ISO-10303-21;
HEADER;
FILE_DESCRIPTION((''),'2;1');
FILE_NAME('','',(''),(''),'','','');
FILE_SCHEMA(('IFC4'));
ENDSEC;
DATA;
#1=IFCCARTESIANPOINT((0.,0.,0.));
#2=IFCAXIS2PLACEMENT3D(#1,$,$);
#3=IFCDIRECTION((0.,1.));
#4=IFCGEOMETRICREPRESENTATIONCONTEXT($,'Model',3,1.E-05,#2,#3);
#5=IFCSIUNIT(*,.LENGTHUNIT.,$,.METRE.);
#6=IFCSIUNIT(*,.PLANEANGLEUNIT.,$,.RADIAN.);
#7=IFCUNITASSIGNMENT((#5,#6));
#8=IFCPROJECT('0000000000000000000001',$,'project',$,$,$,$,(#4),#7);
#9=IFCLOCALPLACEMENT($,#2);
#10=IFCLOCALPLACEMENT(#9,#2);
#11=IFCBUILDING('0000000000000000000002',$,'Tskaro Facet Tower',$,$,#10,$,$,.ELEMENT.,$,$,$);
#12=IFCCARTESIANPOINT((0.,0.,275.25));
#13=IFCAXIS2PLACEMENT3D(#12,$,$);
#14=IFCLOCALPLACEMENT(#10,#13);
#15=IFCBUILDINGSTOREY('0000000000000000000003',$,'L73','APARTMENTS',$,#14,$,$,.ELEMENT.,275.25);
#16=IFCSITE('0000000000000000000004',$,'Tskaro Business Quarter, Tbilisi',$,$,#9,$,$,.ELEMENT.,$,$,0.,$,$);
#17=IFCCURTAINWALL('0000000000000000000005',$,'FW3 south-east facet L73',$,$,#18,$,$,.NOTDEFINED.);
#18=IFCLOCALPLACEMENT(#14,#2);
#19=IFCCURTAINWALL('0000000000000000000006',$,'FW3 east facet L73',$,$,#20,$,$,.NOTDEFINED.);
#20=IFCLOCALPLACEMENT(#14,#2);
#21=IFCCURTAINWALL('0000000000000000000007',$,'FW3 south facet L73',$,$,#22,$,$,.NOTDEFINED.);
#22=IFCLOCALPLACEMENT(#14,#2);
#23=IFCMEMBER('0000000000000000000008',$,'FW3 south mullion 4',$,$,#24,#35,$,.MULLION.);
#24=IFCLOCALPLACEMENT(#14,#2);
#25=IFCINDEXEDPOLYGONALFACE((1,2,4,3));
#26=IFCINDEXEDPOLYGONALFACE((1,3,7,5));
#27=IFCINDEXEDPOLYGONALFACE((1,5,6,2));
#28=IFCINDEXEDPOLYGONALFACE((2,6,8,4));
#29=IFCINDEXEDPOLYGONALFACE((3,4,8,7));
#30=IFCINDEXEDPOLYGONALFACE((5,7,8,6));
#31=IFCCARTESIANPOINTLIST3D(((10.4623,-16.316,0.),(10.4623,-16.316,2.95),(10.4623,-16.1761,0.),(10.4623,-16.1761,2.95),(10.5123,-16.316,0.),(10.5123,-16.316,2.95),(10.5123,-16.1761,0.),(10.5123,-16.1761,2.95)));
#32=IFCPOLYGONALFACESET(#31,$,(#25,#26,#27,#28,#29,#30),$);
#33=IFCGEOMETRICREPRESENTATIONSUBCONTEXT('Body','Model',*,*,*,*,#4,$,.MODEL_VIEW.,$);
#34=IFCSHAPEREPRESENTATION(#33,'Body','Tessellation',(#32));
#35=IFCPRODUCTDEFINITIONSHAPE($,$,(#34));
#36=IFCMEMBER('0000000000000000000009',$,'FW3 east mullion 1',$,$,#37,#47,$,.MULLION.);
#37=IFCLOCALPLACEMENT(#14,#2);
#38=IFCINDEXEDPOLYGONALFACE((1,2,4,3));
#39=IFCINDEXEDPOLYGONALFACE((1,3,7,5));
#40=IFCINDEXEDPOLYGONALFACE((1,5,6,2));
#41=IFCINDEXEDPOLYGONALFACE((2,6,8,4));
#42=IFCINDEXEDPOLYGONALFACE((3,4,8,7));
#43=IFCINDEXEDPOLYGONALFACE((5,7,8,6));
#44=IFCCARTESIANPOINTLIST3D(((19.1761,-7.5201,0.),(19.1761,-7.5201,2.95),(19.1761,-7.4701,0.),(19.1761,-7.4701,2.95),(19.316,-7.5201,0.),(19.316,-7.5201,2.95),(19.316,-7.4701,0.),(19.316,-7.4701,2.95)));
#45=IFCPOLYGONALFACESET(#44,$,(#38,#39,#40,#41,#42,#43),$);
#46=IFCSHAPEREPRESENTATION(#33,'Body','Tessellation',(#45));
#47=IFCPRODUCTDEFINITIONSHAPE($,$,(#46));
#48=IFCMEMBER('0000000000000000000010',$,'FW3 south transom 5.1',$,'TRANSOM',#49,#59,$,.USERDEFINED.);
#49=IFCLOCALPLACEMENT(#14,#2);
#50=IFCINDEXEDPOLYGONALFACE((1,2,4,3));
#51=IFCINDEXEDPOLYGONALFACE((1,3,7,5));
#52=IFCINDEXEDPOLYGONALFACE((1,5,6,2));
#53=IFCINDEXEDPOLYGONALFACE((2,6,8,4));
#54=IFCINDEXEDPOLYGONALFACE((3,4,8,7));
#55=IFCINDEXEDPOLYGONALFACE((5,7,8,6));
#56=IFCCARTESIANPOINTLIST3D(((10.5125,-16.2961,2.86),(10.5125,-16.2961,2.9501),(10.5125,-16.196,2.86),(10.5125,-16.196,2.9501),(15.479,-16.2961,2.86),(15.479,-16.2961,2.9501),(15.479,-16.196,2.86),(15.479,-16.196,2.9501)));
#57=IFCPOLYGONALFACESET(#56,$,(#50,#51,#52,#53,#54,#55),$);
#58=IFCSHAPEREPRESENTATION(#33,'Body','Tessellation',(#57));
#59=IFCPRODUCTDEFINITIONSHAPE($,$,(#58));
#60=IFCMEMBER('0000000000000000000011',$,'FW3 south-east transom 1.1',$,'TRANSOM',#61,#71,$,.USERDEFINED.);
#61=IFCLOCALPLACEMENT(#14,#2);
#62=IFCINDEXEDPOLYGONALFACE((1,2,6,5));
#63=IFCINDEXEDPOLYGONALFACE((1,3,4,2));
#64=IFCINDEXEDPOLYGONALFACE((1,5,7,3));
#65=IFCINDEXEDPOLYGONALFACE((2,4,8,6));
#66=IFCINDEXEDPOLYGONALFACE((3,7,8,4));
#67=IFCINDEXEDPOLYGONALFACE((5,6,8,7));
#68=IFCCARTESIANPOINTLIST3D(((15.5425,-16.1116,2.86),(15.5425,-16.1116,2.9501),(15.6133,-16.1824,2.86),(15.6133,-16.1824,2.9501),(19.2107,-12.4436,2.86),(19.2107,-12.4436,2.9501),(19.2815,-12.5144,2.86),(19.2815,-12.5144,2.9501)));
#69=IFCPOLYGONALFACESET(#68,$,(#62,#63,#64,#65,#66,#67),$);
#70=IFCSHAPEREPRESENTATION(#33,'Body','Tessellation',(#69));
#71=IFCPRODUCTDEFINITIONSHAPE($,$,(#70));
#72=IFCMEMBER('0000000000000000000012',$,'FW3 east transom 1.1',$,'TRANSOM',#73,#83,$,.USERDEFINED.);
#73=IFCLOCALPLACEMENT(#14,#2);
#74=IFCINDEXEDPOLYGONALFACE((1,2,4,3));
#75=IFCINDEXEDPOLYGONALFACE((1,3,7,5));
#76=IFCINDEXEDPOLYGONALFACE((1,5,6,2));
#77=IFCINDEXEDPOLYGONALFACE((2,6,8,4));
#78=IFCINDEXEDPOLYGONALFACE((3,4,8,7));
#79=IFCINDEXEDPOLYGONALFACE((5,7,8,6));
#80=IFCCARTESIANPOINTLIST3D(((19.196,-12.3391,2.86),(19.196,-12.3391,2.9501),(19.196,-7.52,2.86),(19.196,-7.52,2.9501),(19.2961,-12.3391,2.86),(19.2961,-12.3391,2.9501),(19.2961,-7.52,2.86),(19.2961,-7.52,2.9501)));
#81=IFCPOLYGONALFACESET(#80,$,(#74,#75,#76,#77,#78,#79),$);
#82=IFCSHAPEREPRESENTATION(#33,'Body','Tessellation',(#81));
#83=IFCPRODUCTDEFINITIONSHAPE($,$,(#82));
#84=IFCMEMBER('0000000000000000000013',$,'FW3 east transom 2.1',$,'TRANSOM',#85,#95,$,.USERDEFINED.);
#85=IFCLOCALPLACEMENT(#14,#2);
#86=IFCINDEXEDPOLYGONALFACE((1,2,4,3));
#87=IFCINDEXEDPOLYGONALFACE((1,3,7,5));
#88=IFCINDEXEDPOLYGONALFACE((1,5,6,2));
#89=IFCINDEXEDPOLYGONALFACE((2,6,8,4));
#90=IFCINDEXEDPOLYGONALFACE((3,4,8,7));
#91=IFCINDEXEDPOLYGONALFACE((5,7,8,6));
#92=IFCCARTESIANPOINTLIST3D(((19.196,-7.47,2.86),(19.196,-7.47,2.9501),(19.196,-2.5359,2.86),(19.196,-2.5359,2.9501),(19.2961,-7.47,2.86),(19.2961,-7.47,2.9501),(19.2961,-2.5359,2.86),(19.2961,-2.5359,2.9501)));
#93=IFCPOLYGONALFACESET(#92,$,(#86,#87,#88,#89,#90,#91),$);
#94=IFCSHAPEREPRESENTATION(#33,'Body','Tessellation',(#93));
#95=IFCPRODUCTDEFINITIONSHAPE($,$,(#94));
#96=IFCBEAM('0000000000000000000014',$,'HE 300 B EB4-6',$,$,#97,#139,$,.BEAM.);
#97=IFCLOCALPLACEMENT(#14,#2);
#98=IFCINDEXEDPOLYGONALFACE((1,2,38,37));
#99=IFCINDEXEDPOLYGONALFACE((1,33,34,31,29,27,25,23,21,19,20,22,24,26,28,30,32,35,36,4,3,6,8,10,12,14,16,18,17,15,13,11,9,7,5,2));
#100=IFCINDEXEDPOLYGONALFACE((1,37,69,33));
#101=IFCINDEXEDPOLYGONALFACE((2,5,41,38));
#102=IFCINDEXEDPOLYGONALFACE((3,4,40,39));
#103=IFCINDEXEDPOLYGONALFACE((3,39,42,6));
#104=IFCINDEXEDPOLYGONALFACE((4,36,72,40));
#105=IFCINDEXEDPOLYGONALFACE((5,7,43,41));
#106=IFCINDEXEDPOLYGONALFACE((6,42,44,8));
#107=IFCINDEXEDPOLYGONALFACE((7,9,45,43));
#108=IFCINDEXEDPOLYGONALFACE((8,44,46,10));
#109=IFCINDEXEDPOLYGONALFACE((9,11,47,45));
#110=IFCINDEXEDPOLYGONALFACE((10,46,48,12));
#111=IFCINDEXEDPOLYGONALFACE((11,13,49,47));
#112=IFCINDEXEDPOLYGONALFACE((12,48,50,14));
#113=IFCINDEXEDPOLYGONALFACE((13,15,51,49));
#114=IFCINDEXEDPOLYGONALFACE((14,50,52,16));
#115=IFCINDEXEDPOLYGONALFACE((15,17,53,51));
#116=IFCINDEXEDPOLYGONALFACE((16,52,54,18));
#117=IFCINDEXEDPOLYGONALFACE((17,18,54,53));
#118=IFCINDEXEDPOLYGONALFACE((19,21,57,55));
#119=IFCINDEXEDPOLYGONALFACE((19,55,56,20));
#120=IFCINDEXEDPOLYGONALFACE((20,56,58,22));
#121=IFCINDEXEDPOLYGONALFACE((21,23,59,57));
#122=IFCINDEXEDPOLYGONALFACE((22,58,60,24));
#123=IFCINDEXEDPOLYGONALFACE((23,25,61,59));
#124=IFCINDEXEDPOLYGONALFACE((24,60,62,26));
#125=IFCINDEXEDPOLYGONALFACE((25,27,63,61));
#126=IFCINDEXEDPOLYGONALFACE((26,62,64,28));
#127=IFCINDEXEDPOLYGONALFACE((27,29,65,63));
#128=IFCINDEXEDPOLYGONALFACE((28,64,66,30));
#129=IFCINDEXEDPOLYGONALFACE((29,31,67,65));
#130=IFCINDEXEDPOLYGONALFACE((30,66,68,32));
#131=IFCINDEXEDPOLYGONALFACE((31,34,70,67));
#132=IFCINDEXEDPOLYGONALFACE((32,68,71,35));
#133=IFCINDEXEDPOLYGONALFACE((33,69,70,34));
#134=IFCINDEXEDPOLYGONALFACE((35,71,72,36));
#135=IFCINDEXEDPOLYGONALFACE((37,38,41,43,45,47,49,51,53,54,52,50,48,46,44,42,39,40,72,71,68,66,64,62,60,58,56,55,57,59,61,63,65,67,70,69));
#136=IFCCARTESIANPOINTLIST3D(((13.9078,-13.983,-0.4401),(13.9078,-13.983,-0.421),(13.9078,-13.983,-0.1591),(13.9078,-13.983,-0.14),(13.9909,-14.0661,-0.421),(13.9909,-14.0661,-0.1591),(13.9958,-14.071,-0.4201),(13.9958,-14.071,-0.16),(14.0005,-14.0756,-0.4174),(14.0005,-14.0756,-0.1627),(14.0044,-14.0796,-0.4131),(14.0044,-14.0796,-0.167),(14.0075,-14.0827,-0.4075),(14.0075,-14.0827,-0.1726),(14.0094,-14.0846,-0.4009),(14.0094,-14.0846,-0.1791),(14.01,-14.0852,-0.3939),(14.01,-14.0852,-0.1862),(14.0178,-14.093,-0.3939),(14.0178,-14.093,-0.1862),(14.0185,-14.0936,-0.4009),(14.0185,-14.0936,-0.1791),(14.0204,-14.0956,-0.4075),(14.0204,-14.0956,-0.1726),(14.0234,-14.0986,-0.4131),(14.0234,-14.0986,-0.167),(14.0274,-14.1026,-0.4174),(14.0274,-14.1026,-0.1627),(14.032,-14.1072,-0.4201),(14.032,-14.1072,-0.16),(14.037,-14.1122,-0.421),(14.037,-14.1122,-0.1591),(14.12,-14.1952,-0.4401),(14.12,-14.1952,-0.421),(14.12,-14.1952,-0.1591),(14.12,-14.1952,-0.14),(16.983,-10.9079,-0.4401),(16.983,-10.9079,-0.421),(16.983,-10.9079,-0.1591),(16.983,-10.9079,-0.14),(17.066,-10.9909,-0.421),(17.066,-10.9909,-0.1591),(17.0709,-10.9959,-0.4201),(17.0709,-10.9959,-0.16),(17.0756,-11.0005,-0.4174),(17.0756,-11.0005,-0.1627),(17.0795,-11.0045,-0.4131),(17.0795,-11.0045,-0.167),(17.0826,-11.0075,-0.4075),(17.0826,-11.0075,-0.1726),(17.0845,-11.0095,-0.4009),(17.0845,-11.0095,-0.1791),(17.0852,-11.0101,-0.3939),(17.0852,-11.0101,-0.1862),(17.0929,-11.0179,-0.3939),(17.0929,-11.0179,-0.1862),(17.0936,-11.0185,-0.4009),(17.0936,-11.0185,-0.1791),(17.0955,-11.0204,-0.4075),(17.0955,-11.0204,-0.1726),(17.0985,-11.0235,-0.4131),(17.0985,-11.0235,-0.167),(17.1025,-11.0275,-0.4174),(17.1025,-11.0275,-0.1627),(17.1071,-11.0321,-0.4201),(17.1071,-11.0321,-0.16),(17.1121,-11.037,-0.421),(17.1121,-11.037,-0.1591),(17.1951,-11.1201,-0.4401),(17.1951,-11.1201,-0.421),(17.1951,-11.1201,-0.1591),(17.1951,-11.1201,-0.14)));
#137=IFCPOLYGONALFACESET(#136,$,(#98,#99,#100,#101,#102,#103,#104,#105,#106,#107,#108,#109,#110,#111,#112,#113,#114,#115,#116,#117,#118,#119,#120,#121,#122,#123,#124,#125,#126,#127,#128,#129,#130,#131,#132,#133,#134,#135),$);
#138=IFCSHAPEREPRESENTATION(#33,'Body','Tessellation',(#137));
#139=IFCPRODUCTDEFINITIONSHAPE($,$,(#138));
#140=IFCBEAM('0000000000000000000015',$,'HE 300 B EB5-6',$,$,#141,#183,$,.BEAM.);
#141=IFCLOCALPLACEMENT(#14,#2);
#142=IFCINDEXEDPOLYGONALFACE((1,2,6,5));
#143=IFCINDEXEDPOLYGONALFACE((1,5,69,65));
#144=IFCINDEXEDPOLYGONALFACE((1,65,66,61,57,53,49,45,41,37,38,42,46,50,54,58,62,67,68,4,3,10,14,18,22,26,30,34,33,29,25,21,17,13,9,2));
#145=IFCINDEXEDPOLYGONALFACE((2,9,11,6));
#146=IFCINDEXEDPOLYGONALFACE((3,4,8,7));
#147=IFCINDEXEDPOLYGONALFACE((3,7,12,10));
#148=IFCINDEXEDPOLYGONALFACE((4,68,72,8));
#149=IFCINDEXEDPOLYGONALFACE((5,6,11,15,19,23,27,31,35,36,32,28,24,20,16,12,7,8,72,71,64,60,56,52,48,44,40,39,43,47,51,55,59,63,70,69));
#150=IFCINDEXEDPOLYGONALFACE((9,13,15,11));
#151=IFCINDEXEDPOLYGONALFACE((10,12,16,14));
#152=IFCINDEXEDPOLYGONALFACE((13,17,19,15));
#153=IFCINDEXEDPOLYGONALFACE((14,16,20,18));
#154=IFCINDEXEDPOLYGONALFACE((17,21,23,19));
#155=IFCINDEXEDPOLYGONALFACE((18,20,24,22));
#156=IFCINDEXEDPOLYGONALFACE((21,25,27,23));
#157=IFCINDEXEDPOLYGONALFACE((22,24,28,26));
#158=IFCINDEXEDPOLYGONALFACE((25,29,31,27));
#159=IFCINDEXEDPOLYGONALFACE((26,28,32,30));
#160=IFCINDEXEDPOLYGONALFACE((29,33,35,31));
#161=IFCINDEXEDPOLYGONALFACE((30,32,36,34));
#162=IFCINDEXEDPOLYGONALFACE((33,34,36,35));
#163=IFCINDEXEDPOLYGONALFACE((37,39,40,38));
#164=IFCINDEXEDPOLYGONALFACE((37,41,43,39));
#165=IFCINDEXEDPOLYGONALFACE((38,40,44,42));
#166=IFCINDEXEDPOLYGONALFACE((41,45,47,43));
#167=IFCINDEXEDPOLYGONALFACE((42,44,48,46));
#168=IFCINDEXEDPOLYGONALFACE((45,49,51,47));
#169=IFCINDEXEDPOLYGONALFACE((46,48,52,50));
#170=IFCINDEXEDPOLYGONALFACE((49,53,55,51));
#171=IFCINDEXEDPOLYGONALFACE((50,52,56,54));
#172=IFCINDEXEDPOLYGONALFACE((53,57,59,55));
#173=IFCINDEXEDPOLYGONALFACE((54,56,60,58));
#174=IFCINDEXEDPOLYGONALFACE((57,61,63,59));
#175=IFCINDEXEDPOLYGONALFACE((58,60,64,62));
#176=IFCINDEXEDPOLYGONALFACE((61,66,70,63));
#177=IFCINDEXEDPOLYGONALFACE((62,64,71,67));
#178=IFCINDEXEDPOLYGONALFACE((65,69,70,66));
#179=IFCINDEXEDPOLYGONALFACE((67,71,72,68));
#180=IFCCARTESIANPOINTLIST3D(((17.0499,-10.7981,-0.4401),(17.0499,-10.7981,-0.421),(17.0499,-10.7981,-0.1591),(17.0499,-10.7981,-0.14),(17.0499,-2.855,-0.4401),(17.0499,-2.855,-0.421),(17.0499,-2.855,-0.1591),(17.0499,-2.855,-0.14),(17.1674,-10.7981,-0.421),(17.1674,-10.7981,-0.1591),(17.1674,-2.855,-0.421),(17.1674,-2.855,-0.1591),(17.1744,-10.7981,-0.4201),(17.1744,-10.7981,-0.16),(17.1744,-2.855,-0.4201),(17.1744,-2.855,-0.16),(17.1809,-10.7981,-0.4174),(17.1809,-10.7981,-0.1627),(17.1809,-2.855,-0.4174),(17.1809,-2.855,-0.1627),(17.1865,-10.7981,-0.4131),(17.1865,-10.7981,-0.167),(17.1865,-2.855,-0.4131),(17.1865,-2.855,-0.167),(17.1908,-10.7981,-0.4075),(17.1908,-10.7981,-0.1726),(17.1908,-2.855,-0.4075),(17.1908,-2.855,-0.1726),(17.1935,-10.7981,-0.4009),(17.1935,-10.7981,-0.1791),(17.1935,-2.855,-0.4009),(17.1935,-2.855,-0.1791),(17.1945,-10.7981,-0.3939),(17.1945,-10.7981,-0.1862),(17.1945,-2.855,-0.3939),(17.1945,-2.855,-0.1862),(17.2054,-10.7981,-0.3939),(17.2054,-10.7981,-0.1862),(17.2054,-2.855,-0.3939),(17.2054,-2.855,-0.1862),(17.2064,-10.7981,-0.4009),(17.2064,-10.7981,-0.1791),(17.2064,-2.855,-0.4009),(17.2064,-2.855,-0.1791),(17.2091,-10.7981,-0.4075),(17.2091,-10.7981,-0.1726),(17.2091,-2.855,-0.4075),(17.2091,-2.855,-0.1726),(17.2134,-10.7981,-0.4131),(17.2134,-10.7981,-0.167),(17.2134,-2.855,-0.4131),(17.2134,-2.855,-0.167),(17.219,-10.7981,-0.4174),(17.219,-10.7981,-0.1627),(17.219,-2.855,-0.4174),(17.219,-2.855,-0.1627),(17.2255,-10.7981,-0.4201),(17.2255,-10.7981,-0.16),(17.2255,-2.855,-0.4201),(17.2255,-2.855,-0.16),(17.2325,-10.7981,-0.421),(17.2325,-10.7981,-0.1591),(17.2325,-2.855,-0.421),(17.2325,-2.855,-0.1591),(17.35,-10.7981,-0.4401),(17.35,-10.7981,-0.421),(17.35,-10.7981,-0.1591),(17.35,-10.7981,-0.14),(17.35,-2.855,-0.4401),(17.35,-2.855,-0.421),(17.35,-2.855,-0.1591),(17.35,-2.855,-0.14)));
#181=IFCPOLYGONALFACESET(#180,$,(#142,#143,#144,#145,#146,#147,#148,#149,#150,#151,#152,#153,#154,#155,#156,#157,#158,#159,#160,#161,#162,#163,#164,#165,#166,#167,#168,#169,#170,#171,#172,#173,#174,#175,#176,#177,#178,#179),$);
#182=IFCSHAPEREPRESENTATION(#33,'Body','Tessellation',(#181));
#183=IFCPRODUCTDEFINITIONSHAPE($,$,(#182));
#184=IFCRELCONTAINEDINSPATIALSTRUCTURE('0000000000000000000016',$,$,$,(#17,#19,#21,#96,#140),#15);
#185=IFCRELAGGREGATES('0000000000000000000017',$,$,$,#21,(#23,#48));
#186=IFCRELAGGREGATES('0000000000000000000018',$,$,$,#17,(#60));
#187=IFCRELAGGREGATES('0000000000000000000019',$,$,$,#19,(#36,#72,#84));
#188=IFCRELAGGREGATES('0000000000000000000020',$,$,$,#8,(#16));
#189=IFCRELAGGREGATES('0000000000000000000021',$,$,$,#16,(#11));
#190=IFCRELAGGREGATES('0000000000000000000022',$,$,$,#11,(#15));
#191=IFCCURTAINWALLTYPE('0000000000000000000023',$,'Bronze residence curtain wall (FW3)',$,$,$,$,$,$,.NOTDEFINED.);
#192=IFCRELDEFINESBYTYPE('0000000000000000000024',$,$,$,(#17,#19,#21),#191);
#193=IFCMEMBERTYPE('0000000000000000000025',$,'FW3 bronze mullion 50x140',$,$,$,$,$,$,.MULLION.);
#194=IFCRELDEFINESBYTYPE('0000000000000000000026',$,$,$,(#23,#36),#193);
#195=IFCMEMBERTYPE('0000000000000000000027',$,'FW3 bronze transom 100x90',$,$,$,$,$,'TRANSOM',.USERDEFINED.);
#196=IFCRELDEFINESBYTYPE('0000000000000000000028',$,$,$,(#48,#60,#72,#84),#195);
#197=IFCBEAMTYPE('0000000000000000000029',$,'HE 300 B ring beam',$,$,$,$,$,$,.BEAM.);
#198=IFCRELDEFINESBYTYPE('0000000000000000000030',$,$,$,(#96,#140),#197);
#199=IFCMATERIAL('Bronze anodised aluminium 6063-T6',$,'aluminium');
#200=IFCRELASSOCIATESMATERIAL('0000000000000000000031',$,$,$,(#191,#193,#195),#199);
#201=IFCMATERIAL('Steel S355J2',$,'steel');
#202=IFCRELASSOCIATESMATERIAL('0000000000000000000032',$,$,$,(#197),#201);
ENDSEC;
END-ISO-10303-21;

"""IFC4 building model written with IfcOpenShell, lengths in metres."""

from ifc_helpers import new_model, si_unit, direction, frame, origin, origin_2d, place, context, subcontext, project, spatial, rectangle, i_section, extrude, material, material_profile, profile_set, type_object, element, aggregate, save


model = new_model("IFC4")

# Units and contexts
model_context = context("Model", 3, precision=1e-05, world=origin(), true_north=direction((0.0, 1.0)))
body_context = subcontext(model_context, "Body", "Model", "MODEL_VIEW")
ifc_project = project(units=[si_unit("LENGTHUNIT", "METRE"), si_unit("PLANEANGLEUNIT", "RADIAN")], contexts=[model_context])

# Site, building, storey
site_placement = place(None, origin())
site = spatial("IfcSite", under=ifc_project, at=site_placement, Name="Tskaro Business Quarter, Tbilisi", CompositionType="ELEMENT", RefElevation=0.0)
building_placement = place(site_placement, origin())
building = spatial("IfcBuilding", under=site, at=building_placement, Name="Tskaro Facet Tower", CompositionType="ELEMENT")
storey_placement = place(building_placement, frame((0.0, 0.0, 275.25)))
storey = spatial("IfcBuildingStorey", under=building, at=storey_placement, Name="L73", Description="APARTMENTS", CompositionType="ELEMENT", Elevation=275.25)

# Shared definitions
ifc_material_1 = material(Name="Steel S355J2", Category="steel")

# Curtain walls, member
ifc_material_2 = material(Name="Bronze anodised aluminium 6063-T6", Category="aluminium")
curtain_wall_type = type_object("IfcCurtainWallType", Name="Bronze residence curtain wall (FW3)", PredefinedType="NOTDEFINED", material=ifc_material_2)
curtain_wall_1_placement = place(storey_placement, origin())
curtain_wall_1 = element("IfcCurtainWall", 1, at=curtain_wall_1_placement, inside=storey, type_object=curtain_wall_type, Name="FW3 south-east facet L73", PredefinedType="NOTDEFINED")
curtain_wall_2_placement = place(storey_placement, origin())
curtain_wall_2 = element("IfcCurtainWall", 2, at=curtain_wall_2_placement, inside=storey, type_object=curtain_wall_type, Name="FW3 east facet L73", PredefinedType="NOTDEFINED")
curtain_wall_3_placement = place(storey_placement, origin())
curtain_wall_3 = element("IfcCurtainWall", 3, at=curtain_wall_3_placement, inside=storey, type_object=curtain_wall_type, Name="FW3 south facet L73", PredefinedType="NOTDEFINED")
ifc_material_profile_1 = material_profile(ifc_material_2, rectangle(XDim=0.05, YDim=0.1399, at=origin_2d()), Name="Mullion 50x140")
ifc_profile_set_1 = profile_set([ifc_material_profile_1], Name="Bronze anodised aluminium 6063-T6")
member_type_1 = type_object("IfcMemberType", Name="FW3 bronze mullion 50x140", PredefinedType="MULLION", material=ifc_profile_set_1)
member_1_placement = place(storey_placement, frame((10.4873, -16.2461, 0.0), z_axis=(0.0, 0.0, 1.0), x_axis=(1.0, 0.0, 0.0)))
member_1 = element("IfcMember", 4, at=member_1_placement, type_object=member_type_1, Name="FW3 south mullion 4", PredefinedType="MULLION", context=body_context, shape_type="SweptSolid", body=[
    extrude(rectangle(XDim=0.05, YDim=0.1399, at=origin_2d()), origin(), (0.0, 0.0, 1.0), 2.95),
])

# Members
member_2_placement = place(storey_placement, frame((19.2461, -7.4951, 0.0), z_axis=(0.0, 0.0, 1.0), x_axis=(0.0, 1.0, 0.0)))
member_2 = element("IfcMember", 5, at=member_2_placement, type_object=member_type_1, Name="FW3 east mullion 1", PredefinedType="MULLION", context=body_context, shape_type="SweptSolid", body=[
    extrude(rectangle(XDim=0.05, YDim=0.1399, at=origin_2d()), origin(), (0.0, 0.0, 1.0), 2.95),
])
ifc_material_profile_2 = material_profile(ifc_material_2, rectangle(XDim=0.1001, YDim=0.0901, at=origin_2d()), Name="Transom 100x90")
ifc_profile_set_2 = profile_set([ifc_material_profile_2], Name="Bronze anodised aluminium 6063-T6")
member_type_2 = type_object("IfcMemberType", Name="FW3 bronze transom 100x90", ElementType="TRANSOM", PredefinedType="USERDEFINED", material=ifc_profile_set_2)
member_3_placement = place(storey_placement, frame((10.5125, -16.2461, 2.905), z_axis=(1.0, 0.0, 0.0), x_axis=(0.0, 1.0, 0.0)))
member_3 = element("IfcMember", 6, at=member_3_placement, type_object=member_type_2, Name="FW3 south transom 5.1", ObjectType="TRANSOM", PredefinedType="USERDEFINED", context=body_context, shape_type="SweptSolid", body=[
    extrude(rectangle(XDim=0.1001, YDim=0.0901, at=origin_2d()), origin(), (0.0, 0.0, 1.0), 4.9666),
])
member_4_placement = place(storey_placement, frame((15.5779, -16.147, 2.905), z_axis=(0.70713, 0.707083, 0.0), x_axis=(-0.707083, 0.70713, 0.0)))
member_4 = element("IfcMember", 7, at=member_4_placement, type_object=member_type_2, Name="FW3 south-east transom 1.1", ObjectType="TRANSOM", PredefinedType="USERDEFINED", context=body_context, shape_type="SweptSolid", body=[
    extrude(rectangle(XDim=0.1001, YDim=0.0901, at=origin_2d()), origin(), (0.0, 0.0, 1.0), 5.1875),
])
member_5_placement = place(storey_placement, frame((19.2461, -12.3391, 2.905), z_axis=(0.0, 1.0, 0.0), x_axis=(-1.0, 0.0, 0.0)))
member_5 = element("IfcMember", 8, at=member_5_placement, type_object=member_type_2, Name="FW3 east transom 1.1", ObjectType="TRANSOM", PredefinedType="USERDEFINED", context=body_context, shape_type="SweptSolid", body=[
    extrude(rectangle(XDim=0.1001, YDim=0.0901, at=origin_2d()), origin(), (0.0, 0.0, 1.0), 4.8191),
])
member_6_placement = place(storey_placement, frame((19.2461, -7.47, 2.905), z_axis=(0.0, 1.0, 0.0), x_axis=(-1.0, 0.0, 0.0)))
member_6 = element("IfcMember", 9, at=member_6_placement, type_object=member_type_2, Name="FW3 east transom 2.1", ObjectType="TRANSOM", PredefinedType="USERDEFINED", context=body_context, shape_type="SweptSolid", body=[
    extrude(rectangle(XDim=0.1001, YDim=0.0901, at=origin_2d()), origin(), (0.0, 0.0, 1.0), 4.9341),
])

# Beams
ifc_material_profile_3 = material_profile(ifc_material_1, i_section(OverallWidth=0.3, OverallDepth=0.3, WebThickness=0.011, FlangeThickness=0.019, FilletRadius=0.0271, at=origin_2d()), Name="HE 300 B")
ifc_profile_set_3 = profile_set([ifc_material_profile_3], Name="Steel S355J2")
beam_type_1 = type_object("IfcBeamType", Name="HE 300 B ring beam", PredefinedType="BEAM", material=ifc_profile_set_3)
beam_1_placement = place(storey_placement, frame((14.0139, -14.0891, -0.29), z_axis=(0.707107, 0.707107, 0.0), x_axis=(-0.707107, 0.707107, 0.0)))
element("IfcBeam", 10, at=beam_1_placement, inside=storey, type_object=beam_type_1, Name="HE 300 B EB4-6", PredefinedType="BEAM", context=body_context, shape_type="SweptSolid", body=[
    extrude(i_section(OverallWidth=0.3, OverallDepth=0.3, WebThickness=0.011, FlangeThickness=0.019, FilletRadius=0.0271, at=origin_2d()), origin(), (0.0, 0.0, 1.0), 4.3489),
])
beam_2_placement = place(storey_placement, frame((17.2, -10.7981, -0.29), z_axis=(0.0, 1.0, 0.0), x_axis=(-1.0, 0.0, 0.0)))
element("IfcBeam", 11, at=beam_2_placement, inside=storey, type_object=beam_type_1, Name="HE 300 B EB5-6", PredefinedType="BEAM", context=body_context, shape_type="SweptSolid", body=[
    extrude(i_section(OverallWidth=0.3, OverallDepth=0.3, WebThickness=0.011, FlangeThickness=0.019, FilletRadius=0.0271, at=origin_2d()), origin(), (0.0, 0.0, 1.0), 7.9431),
])

aggregate(curtain_wall_3, [member_1, member_3])
aggregate(curtain_wall_1, [member_4])
aggregate(curtain_wall_2, [member_2, member_5, member_6])

save(model, "model.ifc")
